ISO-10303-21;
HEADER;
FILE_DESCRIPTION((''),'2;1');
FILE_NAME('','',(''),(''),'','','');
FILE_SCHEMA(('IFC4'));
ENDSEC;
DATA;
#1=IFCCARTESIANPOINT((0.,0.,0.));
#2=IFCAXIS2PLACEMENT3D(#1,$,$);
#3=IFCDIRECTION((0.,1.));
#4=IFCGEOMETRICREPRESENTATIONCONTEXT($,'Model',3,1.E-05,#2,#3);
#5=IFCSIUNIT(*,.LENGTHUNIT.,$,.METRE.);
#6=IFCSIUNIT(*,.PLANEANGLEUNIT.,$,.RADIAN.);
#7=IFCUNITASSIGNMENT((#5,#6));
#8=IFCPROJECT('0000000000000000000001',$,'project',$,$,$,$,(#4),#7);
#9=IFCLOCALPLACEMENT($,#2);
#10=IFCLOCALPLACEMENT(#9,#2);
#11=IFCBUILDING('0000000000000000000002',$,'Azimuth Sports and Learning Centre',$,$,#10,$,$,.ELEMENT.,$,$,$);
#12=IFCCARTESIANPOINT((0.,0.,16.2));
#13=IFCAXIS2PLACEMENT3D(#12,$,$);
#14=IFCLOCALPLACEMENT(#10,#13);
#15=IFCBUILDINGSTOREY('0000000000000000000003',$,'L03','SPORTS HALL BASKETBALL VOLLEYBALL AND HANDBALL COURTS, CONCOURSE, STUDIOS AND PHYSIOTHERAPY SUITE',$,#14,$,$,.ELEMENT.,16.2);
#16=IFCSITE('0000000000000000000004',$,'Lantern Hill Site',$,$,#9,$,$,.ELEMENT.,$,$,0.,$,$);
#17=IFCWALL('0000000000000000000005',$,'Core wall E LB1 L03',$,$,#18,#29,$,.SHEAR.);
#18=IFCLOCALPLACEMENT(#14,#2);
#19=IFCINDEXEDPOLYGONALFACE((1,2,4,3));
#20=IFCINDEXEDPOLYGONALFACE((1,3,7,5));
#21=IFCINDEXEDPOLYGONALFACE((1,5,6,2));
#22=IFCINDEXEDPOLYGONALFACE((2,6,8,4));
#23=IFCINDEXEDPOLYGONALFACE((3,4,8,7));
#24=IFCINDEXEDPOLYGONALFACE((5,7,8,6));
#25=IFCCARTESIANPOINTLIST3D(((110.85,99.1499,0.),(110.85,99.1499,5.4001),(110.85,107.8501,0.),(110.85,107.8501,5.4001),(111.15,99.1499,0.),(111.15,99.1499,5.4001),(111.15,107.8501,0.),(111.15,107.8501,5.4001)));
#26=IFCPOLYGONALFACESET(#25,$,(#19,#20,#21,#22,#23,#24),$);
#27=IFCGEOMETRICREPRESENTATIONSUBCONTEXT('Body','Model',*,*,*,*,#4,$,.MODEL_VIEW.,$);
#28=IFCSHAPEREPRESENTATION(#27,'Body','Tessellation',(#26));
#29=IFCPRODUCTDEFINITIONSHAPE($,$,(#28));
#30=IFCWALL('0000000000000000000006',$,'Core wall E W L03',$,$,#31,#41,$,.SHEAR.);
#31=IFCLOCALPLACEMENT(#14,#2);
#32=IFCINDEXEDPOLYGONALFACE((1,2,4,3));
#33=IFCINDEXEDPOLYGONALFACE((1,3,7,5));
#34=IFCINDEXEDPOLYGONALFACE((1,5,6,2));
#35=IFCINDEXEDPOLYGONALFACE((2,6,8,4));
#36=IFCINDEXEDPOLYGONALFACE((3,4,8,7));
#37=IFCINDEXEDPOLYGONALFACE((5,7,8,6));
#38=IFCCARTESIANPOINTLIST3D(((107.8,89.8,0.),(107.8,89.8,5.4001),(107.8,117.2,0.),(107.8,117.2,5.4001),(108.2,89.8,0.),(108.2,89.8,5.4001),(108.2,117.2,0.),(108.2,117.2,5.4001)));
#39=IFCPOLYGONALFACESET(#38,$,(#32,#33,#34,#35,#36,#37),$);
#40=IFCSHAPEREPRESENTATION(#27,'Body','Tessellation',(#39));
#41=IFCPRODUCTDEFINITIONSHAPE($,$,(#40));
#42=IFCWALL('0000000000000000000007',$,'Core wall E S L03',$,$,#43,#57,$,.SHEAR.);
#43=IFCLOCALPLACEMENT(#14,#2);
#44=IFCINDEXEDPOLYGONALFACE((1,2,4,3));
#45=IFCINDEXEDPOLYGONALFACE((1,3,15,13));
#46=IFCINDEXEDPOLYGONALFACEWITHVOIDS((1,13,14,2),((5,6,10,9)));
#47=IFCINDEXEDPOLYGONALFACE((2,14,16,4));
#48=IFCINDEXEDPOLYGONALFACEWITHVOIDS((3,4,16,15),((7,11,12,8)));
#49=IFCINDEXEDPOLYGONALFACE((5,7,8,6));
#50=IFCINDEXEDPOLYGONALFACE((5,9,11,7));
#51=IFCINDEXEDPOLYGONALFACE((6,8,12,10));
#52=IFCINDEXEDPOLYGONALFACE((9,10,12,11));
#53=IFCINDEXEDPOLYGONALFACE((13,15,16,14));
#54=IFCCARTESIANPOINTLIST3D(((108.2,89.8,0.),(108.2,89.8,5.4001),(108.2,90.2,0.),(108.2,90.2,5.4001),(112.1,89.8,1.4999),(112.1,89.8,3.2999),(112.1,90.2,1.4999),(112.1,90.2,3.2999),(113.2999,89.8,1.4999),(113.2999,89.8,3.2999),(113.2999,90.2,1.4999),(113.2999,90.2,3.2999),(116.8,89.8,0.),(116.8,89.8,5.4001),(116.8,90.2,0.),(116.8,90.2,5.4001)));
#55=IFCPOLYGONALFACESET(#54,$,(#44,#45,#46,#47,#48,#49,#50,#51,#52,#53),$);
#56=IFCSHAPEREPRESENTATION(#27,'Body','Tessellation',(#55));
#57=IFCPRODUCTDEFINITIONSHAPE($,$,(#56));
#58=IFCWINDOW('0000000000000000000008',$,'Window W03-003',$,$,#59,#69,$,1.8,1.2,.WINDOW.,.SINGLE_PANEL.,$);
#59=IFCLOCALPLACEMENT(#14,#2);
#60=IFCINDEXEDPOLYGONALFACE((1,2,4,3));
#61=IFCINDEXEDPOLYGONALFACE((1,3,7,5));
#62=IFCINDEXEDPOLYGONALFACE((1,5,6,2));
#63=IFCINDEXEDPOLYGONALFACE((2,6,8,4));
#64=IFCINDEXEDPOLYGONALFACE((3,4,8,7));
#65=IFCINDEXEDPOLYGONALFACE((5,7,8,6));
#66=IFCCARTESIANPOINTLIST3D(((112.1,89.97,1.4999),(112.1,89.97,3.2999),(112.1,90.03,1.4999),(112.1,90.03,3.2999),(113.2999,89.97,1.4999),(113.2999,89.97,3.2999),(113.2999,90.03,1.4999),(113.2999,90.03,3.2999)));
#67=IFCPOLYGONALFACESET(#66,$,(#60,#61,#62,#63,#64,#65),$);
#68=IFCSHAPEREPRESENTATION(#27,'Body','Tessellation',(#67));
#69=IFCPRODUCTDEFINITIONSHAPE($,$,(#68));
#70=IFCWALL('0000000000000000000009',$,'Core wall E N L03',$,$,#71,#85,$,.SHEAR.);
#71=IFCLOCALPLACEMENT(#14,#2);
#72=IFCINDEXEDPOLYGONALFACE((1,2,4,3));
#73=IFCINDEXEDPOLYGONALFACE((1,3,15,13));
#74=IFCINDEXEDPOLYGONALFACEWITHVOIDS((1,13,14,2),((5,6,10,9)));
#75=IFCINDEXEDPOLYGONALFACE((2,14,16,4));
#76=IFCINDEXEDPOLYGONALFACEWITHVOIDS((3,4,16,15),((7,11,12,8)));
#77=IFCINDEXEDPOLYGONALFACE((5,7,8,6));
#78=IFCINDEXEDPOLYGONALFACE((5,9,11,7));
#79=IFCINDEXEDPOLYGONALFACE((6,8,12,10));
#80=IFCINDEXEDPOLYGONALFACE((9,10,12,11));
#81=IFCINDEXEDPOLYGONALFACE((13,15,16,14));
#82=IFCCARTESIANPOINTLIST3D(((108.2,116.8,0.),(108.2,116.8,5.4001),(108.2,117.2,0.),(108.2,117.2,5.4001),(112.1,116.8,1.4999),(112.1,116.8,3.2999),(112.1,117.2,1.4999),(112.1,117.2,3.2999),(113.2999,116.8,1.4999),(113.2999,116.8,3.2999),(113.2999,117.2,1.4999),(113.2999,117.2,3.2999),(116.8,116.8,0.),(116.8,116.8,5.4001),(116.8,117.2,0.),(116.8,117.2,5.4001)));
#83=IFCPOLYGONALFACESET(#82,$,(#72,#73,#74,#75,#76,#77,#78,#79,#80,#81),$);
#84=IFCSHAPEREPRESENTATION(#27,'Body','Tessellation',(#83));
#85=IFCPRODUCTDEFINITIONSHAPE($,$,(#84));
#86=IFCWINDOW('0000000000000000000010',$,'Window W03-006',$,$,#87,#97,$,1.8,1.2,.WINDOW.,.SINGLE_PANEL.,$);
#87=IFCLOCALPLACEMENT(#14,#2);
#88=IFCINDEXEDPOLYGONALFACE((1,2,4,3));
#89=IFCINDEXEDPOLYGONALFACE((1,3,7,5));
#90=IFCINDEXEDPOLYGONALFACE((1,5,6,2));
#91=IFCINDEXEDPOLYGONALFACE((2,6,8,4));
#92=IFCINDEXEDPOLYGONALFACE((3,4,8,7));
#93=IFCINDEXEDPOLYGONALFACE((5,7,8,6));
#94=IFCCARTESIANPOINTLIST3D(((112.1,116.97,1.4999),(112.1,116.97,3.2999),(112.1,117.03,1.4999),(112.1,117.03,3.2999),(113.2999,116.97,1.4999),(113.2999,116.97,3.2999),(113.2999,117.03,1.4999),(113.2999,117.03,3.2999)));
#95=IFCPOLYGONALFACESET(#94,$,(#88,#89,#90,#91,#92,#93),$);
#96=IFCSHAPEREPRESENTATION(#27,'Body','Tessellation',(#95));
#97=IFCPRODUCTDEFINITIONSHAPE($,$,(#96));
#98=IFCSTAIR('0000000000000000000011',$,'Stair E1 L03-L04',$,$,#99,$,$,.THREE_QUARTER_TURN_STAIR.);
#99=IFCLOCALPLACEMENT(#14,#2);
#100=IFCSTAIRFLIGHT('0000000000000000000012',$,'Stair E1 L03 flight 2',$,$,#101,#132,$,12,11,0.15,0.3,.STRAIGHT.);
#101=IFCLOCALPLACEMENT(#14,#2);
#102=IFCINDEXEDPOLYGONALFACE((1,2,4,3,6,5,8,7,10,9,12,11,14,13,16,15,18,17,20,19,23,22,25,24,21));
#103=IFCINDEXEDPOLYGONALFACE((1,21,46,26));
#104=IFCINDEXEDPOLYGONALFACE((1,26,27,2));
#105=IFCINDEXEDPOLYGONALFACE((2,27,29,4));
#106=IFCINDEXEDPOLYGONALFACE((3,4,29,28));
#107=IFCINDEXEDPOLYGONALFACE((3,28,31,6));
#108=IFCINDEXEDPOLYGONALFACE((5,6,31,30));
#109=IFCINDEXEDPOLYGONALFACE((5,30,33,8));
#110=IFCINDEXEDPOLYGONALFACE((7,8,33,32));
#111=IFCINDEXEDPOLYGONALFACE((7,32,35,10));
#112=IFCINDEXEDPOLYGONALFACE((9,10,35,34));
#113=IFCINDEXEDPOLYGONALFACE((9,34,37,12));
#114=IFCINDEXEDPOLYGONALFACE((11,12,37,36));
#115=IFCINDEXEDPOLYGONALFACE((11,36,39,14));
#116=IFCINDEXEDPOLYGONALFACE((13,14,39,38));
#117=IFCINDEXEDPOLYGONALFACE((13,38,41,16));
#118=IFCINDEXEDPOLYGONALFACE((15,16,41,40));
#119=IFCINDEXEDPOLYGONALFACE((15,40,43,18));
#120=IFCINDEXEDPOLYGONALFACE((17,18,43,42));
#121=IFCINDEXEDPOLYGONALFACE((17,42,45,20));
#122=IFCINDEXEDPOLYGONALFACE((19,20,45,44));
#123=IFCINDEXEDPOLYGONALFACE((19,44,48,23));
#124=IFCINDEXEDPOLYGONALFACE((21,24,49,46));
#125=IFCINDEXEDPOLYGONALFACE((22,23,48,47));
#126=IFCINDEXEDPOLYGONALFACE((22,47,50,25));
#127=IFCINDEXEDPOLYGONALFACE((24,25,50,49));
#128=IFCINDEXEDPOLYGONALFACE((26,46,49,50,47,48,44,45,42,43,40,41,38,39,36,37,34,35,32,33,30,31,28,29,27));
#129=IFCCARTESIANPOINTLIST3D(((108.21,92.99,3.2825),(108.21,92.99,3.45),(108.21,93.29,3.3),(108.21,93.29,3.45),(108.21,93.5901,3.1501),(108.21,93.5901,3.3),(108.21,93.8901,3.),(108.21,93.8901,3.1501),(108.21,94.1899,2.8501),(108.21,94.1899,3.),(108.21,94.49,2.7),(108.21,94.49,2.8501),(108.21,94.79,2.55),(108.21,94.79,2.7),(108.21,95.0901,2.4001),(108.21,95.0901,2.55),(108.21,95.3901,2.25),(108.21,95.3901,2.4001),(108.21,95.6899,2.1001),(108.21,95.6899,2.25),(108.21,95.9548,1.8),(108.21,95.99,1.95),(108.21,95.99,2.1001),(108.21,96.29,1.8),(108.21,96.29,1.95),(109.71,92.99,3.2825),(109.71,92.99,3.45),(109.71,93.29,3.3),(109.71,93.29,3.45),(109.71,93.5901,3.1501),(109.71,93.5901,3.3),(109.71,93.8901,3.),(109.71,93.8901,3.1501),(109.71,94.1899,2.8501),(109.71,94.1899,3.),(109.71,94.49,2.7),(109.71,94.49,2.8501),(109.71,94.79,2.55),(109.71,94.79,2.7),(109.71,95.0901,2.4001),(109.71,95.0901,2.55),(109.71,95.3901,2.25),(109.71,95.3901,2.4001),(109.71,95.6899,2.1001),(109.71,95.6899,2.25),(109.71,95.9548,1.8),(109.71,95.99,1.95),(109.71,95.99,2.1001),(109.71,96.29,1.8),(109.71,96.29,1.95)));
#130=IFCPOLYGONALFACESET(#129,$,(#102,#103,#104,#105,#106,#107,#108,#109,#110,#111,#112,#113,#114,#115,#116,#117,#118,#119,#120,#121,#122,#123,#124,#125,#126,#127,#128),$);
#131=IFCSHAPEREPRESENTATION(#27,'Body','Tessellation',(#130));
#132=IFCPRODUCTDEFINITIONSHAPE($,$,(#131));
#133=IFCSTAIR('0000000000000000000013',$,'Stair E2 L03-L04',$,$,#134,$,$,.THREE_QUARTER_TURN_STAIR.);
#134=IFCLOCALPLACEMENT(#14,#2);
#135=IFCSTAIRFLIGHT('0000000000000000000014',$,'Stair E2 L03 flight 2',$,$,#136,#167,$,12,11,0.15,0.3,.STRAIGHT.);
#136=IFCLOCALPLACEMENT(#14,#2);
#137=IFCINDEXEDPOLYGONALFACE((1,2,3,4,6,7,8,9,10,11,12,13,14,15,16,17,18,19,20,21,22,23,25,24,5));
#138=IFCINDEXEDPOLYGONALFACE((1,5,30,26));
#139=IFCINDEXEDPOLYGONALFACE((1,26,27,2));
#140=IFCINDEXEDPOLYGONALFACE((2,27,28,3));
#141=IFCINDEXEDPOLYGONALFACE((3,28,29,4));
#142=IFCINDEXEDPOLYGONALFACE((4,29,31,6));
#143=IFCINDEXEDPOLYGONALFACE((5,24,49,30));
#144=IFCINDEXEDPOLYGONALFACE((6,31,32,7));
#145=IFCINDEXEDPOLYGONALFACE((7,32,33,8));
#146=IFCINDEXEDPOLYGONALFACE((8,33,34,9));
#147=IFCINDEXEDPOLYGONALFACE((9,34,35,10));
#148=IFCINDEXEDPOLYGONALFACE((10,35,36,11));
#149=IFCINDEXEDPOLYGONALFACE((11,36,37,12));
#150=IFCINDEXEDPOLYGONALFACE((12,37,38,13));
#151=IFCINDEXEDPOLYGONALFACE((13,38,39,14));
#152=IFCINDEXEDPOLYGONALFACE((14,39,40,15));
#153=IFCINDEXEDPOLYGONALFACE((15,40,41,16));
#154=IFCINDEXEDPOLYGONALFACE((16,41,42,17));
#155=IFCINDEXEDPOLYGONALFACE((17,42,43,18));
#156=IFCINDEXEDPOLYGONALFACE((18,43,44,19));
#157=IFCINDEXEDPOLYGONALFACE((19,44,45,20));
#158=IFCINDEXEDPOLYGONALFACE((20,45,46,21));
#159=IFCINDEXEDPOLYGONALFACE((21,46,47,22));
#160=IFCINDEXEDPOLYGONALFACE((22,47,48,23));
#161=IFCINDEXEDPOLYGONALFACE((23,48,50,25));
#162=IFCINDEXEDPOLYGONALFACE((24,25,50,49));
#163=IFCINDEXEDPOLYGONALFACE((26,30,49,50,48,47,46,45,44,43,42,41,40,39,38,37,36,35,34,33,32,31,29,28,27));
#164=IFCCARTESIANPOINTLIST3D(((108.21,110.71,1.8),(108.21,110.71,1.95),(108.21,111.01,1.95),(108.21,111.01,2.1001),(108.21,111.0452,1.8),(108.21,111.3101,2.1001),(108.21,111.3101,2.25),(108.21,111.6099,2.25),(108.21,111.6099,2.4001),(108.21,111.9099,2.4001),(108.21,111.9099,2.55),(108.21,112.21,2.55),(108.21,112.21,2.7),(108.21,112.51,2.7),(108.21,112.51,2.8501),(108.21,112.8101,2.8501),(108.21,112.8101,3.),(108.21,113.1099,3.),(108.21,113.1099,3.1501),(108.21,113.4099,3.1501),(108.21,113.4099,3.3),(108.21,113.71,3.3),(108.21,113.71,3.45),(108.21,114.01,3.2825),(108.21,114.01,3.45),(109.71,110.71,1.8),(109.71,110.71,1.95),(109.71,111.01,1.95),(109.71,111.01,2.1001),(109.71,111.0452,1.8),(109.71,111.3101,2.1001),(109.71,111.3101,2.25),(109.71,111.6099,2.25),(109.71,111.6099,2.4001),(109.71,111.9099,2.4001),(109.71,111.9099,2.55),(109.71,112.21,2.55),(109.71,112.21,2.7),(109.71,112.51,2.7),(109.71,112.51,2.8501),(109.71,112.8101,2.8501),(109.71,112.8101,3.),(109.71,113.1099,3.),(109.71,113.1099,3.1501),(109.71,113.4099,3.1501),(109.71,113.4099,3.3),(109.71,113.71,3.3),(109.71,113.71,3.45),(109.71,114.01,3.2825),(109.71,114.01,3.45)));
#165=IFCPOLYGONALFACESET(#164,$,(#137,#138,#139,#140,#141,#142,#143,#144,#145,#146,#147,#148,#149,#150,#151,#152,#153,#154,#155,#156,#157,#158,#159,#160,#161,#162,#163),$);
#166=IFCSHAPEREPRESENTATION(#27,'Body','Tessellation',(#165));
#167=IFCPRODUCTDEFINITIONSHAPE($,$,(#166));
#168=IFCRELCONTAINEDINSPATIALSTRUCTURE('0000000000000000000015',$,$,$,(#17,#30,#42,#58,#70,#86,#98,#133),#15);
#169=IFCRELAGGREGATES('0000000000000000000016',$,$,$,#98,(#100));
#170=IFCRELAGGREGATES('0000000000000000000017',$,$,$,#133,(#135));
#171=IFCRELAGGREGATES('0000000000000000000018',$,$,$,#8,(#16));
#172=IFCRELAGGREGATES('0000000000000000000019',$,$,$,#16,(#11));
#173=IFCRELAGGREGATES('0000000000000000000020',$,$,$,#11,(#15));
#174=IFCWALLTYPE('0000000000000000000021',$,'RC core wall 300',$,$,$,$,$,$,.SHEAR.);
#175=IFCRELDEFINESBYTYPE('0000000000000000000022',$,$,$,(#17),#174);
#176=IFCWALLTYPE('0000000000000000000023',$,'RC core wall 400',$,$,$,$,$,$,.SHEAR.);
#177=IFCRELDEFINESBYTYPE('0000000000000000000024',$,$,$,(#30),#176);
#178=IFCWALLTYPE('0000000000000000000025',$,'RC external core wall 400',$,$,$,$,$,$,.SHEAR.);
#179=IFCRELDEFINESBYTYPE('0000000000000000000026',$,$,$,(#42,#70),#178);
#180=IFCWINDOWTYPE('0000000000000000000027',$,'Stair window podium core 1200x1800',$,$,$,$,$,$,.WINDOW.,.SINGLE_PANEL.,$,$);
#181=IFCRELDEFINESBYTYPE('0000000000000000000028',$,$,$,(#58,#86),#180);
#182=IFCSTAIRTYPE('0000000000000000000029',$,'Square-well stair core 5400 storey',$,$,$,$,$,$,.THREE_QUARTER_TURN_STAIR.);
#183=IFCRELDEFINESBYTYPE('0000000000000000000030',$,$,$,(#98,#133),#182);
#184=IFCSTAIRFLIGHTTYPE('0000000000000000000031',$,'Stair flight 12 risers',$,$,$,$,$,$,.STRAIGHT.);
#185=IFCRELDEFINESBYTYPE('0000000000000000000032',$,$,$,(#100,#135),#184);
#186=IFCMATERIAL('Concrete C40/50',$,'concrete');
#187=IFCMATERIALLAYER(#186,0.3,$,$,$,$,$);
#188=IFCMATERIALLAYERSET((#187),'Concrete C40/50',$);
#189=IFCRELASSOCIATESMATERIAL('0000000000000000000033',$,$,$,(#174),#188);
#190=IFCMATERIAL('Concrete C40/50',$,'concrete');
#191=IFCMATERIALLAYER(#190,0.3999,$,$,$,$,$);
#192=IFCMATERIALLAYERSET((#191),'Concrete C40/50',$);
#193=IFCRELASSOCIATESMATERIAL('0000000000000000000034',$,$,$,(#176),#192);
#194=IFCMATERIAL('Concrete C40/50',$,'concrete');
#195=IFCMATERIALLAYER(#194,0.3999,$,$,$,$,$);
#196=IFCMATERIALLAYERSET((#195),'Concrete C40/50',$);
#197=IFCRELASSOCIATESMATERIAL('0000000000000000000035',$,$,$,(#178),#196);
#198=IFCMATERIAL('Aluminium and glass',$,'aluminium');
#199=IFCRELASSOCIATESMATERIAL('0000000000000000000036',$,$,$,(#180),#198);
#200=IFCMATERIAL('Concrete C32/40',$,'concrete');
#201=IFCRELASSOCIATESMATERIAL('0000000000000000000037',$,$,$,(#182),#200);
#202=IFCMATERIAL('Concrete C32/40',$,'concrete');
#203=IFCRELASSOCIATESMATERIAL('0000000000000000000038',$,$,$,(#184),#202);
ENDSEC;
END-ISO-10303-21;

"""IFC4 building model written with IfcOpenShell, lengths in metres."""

from ifc_helpers import new_model, si_unit, direction, frame, frame_2d, origin, place, context, subcontext, project, spatial, polyline, rectangle, outline, extrude, material, layer, layer_set, type_object, element, fill, aggregate, save


model = new_model("IFC4")

# Units and contexts
model_context = context("Model", 3, precision=1e-05, world=origin(), true_north=direction((0.0, 1.0)))
body_context = subcontext(model_context, "Body", "Model", "MODEL_VIEW")
ifc_project = project(units=[si_unit("LENGTHUNIT", "METRE"), si_unit("PLANEANGLEUNIT", "RADIAN")], contexts=[model_context])

# Site, building, storey
site_placement = place(None, origin())
site = spatial("IfcSite", under=ifc_project, at=site_placement, Name="Lantern Hill Site", CompositionType="ELEMENT", RefElevation=0.0)
building_placement = place(site_placement, origin())
building = spatial("IfcBuilding", under=site, at=building_placement, Name="Azimuth Sports and Learning Centre", CompositionType="ELEMENT")
storey_placement = place(building_placement, frame((0.0, 0.0, 16.2)))
storey = spatial("IfcBuildingStorey", under=building, at=storey_placement, Name="L03", Description="SPORTS HALL BASKETBALL VOLLEYBALL AND HANDBALL COURTS, CONCOURSE, STUDIOS AND PHYSIOTHERAPY SUITE", CompositionType="ELEMENT", Elevation=16.2)

# Walls
ifc_material_1 = material(Name="Concrete C40/50", Category="concrete")
ifc_layer_1 = layer(ifc_material_1, 0.3)
ifc_layer_set_1 = layer_set([ifc_layer_1], Name="Concrete C40/50")
wall_type_1 = type_object("IfcWallType", Name="RC core wall 300", PredefinedType="SHEAR", material=ifc_layer_set_1)
wall_1_placement = place(storey_placement, frame((111.0, 99.1499, 0.0), z_axis=(0.0, 0.0, 1.0), x_axis=(0.0, 1.0, 0.0)))
element("IfcWall", 1, at=wall_1_placement, inside=storey, type_object=wall_type_1, Name="Core wall E LB1 L03", PredefinedType="SHEAR", context=body_context, shape_type="SweptSolid", body=[
    extrude(rectangle(XDim=8.7002, YDim=0.3, at=frame_2d((4.3501, 0.0))), origin(), (0.0, 0.0, 1.0), 5.4001),
])
ifc_material_2 = material(Name="Concrete C40/50", Category="concrete")
ifc_layer_2 = layer(ifc_material_2, 0.3999)
ifc_layer_set_2 = layer_set([ifc_layer_2], Name="Concrete C40/50")
wall_type_2 = type_object("IfcWallType", Name="RC core wall 400", PredefinedType="SHEAR", material=ifc_layer_set_2)
wall_2_placement = place(storey_placement, frame((108.0, 89.8, 0.0), z_axis=(0.0, 0.0, 1.0), x_axis=(0.0, 1.0, 0.0)))
element("IfcWall", 2, at=wall_2_placement, inside=storey, type_object=wall_type_2, Name="Core wall E W L03", PredefinedType="SHEAR", context=body_context, shape_type="SweptSolid", body=[
    extrude(rectangle(XDim=27.3999, YDim=0.3999, at=frame_2d((13.7, 0.0))), origin(), (0.0, 0.0, 1.0), 5.4001),
])

# Walls, openings, windows
ifc_material_3 = material(Name="Concrete C40/50", Category="concrete")
ifc_layer_3 = layer(ifc_material_3, 0.3999)
ifc_layer_set_3 = layer_set([ifc_layer_3], Name="Concrete C40/50")
wall_type_3 = type_object("IfcWallType", Name="RC external core wall 400", PredefinedType="SHEAR", material=ifc_layer_set_3)
wall_3_placement = place(storey_placement, frame((108.2, 90.0, 0.0), z_axis=(0.0, 0.0, 1.0), x_axis=(1.0, 0.0, 0.0)))
wall_3 = element("IfcWall", 3, at=wall_3_placement, inside=storey, type_object=wall_type_3, Name="Core wall E S L03", PredefinedType="SHEAR", context=body_context, shape_type="SweptSolid", body=[
    extrude(rectangle(XDim=8.6001, YDim=0.3999, at=frame_2d((4.3, 0.0))), origin(), (0.0, 0.0, 1.0), 5.4001),
])
opening_1_placement = place(wall_3_placement, frame((3.8999, 0.0, 1.5)))
opening_1 = element("IfcOpeningElement", 4, at=opening_1_placement, cuts=wall_3, PredefinedType="OPENING", context=body_context, shape_type="SweptSolid", body=[
    extrude(rectangle(XDim=1.2, YDim=1.8, at=frame_2d((0.6001, 0.8999))), frame((0.0, 0.2109, 0.0), z_axis=(0.0, -1.0, 0.0), x_axis=(1.0, 0.0, 0.0)), (0.0, 0.0, 1.0), 0.4219),
])
ifc_material_4 = material(Name="Aluminium and glass", Category="aluminium")
window_type = type_object("IfcWindowType", Name="Stair window podium core 1200x1800", PartitioningType="SINGLE_PANEL", PredefinedType="WINDOW", material=ifc_material_4)
window_1_placement = place(opening_1_placement, origin())
window_1 = element("IfcWindow", 5, at=window_1_placement, inside=storey, type_object=window_type, Name="Window W03-003", OverallHeight=1.8, OverallWidth=1.2, PartitioningType="SINGLE_PANEL", PredefinedType="WINDOW", context=body_context, shape_type="SweptSolid", body=[
    extrude(rectangle(XDim=1.2, YDim=1.8, at=frame_2d((0.6001, 0.8999))), frame((0.0, 0.03, 0.0), z_axis=(0.0, -1.0, 0.0), x_axis=(1.0, 0.0, 0.0)), (0.0, 0.0, 1.0), 0.0601),
])
fill(opening_1, window_1)
wall_4_placement = place(storey_placement, frame((108.2, 117.0, 0.0), z_axis=(0.0, 0.0, 1.0), x_axis=(1.0, 0.0, 0.0)))
wall_4 = element("IfcWall", 6, at=wall_4_placement, inside=storey, type_object=wall_type_3, Name="Core wall E N L03", PredefinedType="SHEAR", context=body_context, shape_type="SweptSolid", body=[
    extrude(rectangle(XDim=8.6001, YDim=0.3999, at=frame_2d((4.3, 0.0))), origin(), (0.0, 0.0, 1.0), 5.4001),
])
opening_2_placement = place(wall_4_placement, frame((3.8999, 0.0, 1.5)))
opening_2 = element("IfcOpeningElement", 7, at=opening_2_placement, cuts=wall_4, PredefinedType="OPENING", context=body_context, shape_type="SweptSolid", body=[
    extrude(rectangle(XDim=1.2, YDim=1.8, at=frame_2d((0.6001, 0.8999))), frame((0.0, 0.2109, 0.0), z_axis=(0.0, -1.0, 0.0), x_axis=(1.0, 0.0, 0.0)), (0.0, 0.0, 1.0), 0.4219),
])
window_2_placement = place(opening_2_placement, origin())
window_2 = element("IfcWindow", 8, at=window_2_placement, inside=storey, type_object=window_type, Name="Window W03-006", OverallHeight=1.8, OverallWidth=1.2, PartitioningType="SINGLE_PANEL", PredefinedType="WINDOW", context=body_context, shape_type="SweptSolid", body=[
    extrude(rectangle(XDim=1.2, YDim=1.8, at=frame_2d((0.6001, 0.8999))), frame((0.0, 0.03, 0.0), z_axis=(0.0, -1.0, 0.0), x_axis=(1.0, 0.0, 0.0)), (0.0, 0.0, 1.0), 0.0601),
])
fill(opening_2, window_2)

# Stairs, stair flights
ifc_material_5 = material(Name="Concrete C32/40", Category="concrete")
stair_type = type_object("IfcStairType", Name="Square-well stair core 5400 storey", PredefinedType="THREE_QUARTER_TURN_STAIR", material=ifc_material_5)
stair_1_placement = place(storey_placement, origin())
stair_1 = element("IfcStair", 9, at=stair_1_placement, inside=storey, type_object=stair_type, Name="Stair E1 L03-L04", PredefinedType="THREE_QUARTER_TURN_STAIR")
ifc_material_6 = material(Name="Concrete C32/40", Category="concrete")
stair_flight_type = type_object("IfcStairFlightType", Name="Stair flight 12 risers", PredefinedType="STRAIGHT", material=ifc_material_6)
stair_flight_1_placement = place(storey_placement, frame((108.96, 96.29, 1.8), z_axis=(0.0, 0.0, 1.0), x_axis=(0.0, -1.0, 0.0)))
stair_flight_1 = element("IfcStairFlight", 10, at=stair_flight_1_placement, type_object=stair_flight_type, Name="Stair E1 L03 flight 2", NumberOfRisers=12, NumberOfTreads=11, PredefinedType="STRAIGHT", RiserHeight=0.15, TreadLength=0.3, context=body_context, shape_type="SweptSolid", body=[
    extrude(outline(polyline([(0.0, 0.0), (0.0, 0.1499), (0.3, 0.1499), (0.3, 0.3), (0.6001, 0.3), (0.6001, 0.45), (0.8999, 0.45), (0.8999, 0.6001), (1.2, 0.6001), (1.2, 0.75), (1.5, 0.75), (1.5, 0.8999), (1.8, 0.8999), (1.8, 1.05), (2.1001, 1.05), (2.1001, 1.2), (2.3999, 1.2), (2.3999, 1.3501), (2.7, 1.3501), (2.7, 1.5), (3.0, 1.5), (3.0, 1.6499), (3.3, 1.6499), (3.3, 1.8), (3.3, 1.4824), (0.3352, 0.0), (0.0, 0.0)])), frame((0.0, 0.75, 0.0), z_axis=(0.0, -1.0, 0.0), x_axis=(1.0, 0.0, 0.0)), (0.0, 0.0, 1.0), 1.5),
])
aggregate(stair_1, [stair_flight_1])
stair_2_placement = place(storey_placement, origin())
stair_2 = element("IfcStair", 11, at=stair_2_placement, inside=storey, type_object=stair_type, Name="Stair E2 L03-L04", PredefinedType="THREE_QUARTER_TURN_STAIR")
stair_flight_2_placement = place(storey_placement, frame((108.96, 110.71, 1.8), z_axis=(0.0, 0.0, 1.0), x_axis=(0.0, 1.0, 0.0)))
stair_flight_2 = element("IfcStairFlight", 12, at=stair_flight_2_placement, type_object=stair_flight_type, Name="Stair E2 L03 flight 2", NumberOfRisers=12, NumberOfTreads=11, PredefinedType="STRAIGHT", RiserHeight=0.15, TreadLength=0.3, context=body_context, shape_type="SweptSolid", body=[
    extrude(outline(polyline([(0.0, 0.0), (0.0, 0.1499), (0.3, 0.1499), (0.3, 0.3), (0.6001, 0.3), (0.6001, 0.45), (0.8999, 0.45), (0.8999, 0.6001), (1.2, 0.6001), (1.2, 0.75), (1.5, 0.75), (1.5, 0.8999), (1.8, 0.8999), (1.8, 1.05), (2.1001, 1.05), (2.1001, 1.2), (2.3999, 1.2), (2.3999, 1.3501), (2.7, 1.3501), (2.7, 1.5), (3.0, 1.5), (3.0, 1.6499), (3.3, 1.6499), (3.3, 1.8), (3.3, 1.4824), (0.3352, 0.0), (0.0, 0.0)])), frame((0.0, 0.75, 0.0), z_axis=(0.0, -1.0, 0.0), x_axis=(1.0, 0.0, 0.0)), (0.0, 0.0, 1.0), 1.5),
])
aggregate(stair_2, [stair_flight_2])

save(model, "model.ifc")
